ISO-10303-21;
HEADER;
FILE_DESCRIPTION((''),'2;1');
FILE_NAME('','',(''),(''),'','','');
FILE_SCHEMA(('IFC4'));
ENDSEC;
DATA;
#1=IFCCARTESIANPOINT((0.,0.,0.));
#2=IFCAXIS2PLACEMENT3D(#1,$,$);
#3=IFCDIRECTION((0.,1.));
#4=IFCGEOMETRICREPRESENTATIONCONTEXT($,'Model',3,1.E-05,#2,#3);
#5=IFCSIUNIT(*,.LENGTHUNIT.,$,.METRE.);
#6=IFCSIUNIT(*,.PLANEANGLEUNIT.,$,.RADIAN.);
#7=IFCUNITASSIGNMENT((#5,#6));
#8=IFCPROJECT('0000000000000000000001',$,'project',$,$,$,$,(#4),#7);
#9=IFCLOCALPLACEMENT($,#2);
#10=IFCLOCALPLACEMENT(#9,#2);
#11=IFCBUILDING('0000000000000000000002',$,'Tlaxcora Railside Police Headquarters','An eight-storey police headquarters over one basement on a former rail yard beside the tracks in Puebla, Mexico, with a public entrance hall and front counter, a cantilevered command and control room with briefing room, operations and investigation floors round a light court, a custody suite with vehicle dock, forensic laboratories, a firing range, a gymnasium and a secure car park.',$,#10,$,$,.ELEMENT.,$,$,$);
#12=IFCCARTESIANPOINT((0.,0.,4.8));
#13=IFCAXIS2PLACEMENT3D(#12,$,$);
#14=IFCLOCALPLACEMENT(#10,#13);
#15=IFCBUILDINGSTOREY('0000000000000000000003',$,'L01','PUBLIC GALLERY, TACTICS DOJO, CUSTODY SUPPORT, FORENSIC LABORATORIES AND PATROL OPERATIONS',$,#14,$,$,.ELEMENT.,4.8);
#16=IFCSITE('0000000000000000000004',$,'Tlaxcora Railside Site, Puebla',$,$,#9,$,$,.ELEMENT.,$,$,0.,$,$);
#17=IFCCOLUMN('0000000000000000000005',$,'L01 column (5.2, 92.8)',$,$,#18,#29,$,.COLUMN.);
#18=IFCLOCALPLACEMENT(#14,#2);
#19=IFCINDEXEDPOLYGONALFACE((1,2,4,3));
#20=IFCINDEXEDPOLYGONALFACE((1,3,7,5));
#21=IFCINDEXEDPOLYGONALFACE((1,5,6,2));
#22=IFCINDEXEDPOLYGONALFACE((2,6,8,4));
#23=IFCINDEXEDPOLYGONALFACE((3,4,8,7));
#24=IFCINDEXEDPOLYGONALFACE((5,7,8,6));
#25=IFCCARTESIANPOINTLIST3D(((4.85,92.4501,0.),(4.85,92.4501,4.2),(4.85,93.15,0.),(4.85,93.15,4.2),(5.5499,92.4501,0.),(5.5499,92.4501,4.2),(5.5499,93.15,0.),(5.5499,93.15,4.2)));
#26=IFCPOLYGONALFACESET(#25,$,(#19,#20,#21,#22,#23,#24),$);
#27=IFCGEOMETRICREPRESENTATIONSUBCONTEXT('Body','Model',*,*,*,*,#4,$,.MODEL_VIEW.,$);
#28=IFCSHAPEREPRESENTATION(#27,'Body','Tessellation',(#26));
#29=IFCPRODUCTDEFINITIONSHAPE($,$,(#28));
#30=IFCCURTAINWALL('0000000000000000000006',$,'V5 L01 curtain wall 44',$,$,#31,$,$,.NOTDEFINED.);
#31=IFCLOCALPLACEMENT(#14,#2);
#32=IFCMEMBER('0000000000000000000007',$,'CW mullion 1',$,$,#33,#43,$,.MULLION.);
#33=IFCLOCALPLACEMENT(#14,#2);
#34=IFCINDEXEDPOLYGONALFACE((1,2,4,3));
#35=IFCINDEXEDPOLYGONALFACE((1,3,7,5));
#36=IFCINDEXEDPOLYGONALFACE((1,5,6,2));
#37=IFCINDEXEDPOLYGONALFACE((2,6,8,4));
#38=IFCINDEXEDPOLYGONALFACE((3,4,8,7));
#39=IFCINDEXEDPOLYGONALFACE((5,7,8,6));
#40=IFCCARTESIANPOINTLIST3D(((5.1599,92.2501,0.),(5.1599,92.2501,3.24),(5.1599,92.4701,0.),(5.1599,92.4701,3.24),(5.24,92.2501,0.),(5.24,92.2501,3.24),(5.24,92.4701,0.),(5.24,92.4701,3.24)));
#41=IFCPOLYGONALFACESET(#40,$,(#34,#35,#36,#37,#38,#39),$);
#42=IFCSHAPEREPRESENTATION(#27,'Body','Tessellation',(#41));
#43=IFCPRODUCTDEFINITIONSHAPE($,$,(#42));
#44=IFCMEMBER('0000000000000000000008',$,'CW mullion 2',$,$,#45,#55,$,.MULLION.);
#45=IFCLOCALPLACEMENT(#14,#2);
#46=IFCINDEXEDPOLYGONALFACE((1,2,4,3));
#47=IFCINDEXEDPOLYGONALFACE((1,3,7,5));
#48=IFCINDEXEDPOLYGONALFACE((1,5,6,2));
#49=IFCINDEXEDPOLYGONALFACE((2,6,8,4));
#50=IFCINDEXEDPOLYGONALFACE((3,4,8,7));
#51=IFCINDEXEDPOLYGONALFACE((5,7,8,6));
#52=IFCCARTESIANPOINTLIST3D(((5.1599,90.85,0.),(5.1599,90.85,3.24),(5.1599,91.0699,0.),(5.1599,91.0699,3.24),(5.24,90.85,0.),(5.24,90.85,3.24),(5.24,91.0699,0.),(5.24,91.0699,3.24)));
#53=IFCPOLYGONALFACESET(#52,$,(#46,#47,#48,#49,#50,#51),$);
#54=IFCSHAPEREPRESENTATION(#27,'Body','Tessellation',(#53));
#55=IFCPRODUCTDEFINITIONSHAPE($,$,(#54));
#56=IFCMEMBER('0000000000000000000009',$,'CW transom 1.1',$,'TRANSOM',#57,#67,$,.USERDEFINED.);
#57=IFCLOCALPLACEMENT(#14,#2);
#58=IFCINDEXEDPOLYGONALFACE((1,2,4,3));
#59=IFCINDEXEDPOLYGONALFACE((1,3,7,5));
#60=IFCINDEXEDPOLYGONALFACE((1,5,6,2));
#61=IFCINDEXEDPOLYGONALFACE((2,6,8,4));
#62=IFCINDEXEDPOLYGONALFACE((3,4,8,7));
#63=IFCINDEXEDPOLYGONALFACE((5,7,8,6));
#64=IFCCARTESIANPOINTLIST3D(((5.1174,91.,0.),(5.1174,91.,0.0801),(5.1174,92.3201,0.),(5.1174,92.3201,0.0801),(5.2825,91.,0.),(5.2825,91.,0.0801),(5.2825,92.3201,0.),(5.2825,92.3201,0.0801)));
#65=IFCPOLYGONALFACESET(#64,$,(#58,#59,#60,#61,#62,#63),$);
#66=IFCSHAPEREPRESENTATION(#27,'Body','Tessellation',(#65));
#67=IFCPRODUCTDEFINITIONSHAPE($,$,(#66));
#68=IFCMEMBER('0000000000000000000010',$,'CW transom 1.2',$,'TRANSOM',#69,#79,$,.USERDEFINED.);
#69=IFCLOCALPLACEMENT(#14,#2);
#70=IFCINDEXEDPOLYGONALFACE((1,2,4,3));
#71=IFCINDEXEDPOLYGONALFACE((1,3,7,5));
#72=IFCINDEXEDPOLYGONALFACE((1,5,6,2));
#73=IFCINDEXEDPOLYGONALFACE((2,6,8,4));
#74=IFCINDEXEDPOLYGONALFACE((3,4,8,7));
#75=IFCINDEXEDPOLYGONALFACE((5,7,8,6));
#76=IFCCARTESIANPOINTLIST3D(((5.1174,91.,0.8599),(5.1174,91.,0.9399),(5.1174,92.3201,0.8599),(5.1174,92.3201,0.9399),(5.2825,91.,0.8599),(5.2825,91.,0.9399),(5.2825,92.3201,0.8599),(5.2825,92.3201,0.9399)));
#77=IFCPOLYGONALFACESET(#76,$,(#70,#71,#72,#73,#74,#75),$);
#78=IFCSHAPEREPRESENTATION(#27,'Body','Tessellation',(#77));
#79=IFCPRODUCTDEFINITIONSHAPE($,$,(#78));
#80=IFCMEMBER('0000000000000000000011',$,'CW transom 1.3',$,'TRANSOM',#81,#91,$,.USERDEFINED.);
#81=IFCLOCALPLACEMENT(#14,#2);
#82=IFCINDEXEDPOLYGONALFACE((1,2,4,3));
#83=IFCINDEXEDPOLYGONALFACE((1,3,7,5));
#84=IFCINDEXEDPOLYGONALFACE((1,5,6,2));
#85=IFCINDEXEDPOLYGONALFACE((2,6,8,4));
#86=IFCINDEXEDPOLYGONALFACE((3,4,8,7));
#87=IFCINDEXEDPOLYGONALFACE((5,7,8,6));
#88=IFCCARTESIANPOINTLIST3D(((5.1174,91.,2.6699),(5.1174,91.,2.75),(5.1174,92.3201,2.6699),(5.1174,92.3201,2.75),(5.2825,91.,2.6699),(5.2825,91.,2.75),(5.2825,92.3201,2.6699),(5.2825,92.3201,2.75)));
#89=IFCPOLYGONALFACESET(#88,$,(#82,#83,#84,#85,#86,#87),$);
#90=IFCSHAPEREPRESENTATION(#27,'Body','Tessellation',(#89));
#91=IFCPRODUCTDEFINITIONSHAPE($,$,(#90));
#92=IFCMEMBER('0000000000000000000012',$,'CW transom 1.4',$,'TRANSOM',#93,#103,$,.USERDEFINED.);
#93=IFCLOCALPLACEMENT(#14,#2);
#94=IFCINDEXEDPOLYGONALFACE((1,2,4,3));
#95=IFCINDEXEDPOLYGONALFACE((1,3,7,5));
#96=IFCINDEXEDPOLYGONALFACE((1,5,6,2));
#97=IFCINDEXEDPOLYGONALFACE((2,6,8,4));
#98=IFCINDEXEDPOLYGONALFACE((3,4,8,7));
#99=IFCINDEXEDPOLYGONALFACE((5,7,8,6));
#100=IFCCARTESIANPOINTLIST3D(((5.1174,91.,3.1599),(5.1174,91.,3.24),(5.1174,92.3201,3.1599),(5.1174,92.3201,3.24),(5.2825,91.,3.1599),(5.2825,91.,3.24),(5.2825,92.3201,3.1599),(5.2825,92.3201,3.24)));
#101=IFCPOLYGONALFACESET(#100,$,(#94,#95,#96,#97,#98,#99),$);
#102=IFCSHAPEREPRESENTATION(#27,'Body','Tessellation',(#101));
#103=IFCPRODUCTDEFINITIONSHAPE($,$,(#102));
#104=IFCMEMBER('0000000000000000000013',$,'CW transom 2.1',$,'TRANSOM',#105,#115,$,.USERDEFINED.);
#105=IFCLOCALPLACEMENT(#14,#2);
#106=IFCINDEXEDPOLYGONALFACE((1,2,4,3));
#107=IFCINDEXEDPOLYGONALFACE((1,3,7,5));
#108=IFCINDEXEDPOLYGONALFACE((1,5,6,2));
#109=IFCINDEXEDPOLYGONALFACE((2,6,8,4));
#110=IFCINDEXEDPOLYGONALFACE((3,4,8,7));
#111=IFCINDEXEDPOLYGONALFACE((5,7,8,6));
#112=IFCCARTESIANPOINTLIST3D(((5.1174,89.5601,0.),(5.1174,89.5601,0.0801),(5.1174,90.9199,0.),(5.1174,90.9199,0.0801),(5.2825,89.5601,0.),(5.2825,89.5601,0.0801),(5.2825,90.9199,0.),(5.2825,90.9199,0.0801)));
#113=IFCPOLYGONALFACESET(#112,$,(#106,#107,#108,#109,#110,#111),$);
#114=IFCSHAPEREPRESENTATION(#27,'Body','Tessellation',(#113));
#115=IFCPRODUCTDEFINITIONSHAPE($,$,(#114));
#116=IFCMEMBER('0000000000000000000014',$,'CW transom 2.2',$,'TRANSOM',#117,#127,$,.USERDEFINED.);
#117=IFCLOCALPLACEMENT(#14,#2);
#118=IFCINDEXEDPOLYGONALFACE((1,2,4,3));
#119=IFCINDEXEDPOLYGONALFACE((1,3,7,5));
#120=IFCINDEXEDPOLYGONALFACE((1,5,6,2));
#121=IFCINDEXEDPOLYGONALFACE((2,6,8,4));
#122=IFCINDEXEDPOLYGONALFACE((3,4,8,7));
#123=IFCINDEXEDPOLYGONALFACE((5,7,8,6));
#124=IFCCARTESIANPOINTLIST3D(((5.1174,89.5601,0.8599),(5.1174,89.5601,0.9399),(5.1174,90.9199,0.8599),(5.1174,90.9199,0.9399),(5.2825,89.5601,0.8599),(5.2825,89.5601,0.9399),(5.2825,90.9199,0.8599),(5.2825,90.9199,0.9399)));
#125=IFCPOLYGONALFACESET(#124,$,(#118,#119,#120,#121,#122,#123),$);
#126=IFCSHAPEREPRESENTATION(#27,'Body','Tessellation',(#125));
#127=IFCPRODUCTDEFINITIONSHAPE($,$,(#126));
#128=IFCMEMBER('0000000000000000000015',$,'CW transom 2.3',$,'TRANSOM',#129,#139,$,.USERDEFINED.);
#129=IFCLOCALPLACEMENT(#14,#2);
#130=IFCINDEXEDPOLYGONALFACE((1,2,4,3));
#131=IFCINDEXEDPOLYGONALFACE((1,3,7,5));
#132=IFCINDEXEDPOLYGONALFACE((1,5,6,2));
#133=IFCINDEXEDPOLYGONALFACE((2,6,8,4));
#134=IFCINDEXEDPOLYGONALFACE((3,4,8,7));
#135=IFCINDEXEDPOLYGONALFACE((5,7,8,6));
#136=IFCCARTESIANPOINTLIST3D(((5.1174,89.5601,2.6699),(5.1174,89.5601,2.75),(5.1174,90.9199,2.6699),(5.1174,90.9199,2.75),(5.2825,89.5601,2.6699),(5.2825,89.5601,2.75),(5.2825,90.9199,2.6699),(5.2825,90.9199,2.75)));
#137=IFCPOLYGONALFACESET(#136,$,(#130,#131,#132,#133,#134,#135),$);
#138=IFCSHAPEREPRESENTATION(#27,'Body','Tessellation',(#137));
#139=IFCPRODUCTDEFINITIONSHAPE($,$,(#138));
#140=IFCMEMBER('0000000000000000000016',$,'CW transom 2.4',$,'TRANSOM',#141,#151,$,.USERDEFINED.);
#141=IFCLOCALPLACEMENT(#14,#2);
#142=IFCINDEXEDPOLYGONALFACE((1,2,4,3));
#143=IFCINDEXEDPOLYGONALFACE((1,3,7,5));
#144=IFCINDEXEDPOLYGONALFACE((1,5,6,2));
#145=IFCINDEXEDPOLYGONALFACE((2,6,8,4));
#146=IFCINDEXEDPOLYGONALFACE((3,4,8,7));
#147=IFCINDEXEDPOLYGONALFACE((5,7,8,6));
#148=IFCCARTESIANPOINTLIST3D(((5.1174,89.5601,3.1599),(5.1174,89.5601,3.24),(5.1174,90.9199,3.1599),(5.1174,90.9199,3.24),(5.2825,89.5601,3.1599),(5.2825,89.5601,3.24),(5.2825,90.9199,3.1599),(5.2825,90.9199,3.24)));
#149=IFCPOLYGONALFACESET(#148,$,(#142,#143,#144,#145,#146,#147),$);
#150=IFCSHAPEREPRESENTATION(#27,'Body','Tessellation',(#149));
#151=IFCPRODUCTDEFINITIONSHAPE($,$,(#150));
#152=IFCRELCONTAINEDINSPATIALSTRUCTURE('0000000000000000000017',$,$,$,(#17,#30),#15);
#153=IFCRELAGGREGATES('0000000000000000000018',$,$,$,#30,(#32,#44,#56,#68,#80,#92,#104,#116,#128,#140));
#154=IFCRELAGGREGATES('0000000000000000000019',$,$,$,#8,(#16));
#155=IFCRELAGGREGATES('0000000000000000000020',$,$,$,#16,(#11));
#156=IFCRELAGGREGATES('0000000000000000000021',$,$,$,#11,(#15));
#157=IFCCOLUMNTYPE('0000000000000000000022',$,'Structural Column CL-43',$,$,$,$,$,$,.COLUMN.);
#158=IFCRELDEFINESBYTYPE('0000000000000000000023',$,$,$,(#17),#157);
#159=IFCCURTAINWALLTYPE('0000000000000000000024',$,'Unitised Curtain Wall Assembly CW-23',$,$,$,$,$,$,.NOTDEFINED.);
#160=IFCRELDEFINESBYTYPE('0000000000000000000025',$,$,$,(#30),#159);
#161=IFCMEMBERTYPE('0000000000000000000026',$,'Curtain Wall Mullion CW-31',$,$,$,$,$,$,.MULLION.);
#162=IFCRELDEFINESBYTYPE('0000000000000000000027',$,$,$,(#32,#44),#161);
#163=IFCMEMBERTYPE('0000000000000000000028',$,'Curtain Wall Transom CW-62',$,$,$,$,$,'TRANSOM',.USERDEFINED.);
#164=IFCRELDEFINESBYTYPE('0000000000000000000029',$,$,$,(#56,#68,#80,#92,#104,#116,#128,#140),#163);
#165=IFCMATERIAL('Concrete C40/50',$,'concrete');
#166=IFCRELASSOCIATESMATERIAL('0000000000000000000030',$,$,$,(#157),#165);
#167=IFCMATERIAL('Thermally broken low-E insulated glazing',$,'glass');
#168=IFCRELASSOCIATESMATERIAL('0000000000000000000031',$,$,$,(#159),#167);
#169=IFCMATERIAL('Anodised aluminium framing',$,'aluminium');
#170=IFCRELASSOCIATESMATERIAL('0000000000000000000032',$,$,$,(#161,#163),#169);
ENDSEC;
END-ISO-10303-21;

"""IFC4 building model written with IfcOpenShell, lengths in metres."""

from ifc_helpers import new_model, si_unit, direction, frame, origin, origin_2d, place, context, subcontext, project, spatial, rectangle, extrude, material, material_profile, profile_set, type_object, element, aggregate, save


model = new_model("IFC4")

# Units and contexts
model_context = context("Model", 3, precision=1e-05, world=origin(), true_north=direction((0.0, 1.0)))
body_context = subcontext(model_context, "Body", "Model", "MODEL_VIEW")
ifc_project = project(units=[si_unit("LENGTHUNIT", "METRE"), si_unit("PLANEANGLEUNIT", "RADIAN")], contexts=[model_context])

# Site, building, storey
site_placement = place(None, origin())
site = spatial("IfcSite", under=ifc_project, at=site_placement, Name="Tlaxcora Railside Site, Puebla", CompositionType="ELEMENT", RefElevation=0.0)
building_placement = place(site_placement, origin())
building = spatial("IfcBuilding", under=site, at=building_placement, Name="Tlaxcora Railside Police Headquarters", Description="An eight-storey police headquarters over one basement on a former rail yard beside the tracks in Puebla, Mexico, with a public entrance hall and front counter, a cantilevered command and control room with briefing room, operations and investigation floors round a light court, a custody suite with vehicle dock, forensic laboratories, a firing range, a gymnasium and a secure car park.", CompositionType="ELEMENT")
storey_placement = place(building_placement, frame((0.0, 0.0, 4.8)))
storey = spatial("IfcBuildingStorey", under=building, at=storey_placement, Name="L01", Description="PUBLIC GALLERY, TACTICS DOJO, CUSTODY SUPPORT, FORENSIC LABORATORIES AND PATROL OPERATIONS", CompositionType="ELEMENT", Elevation=4.8)

# Column
ifc_material_1 = material(Name="Concrete C40/50", Category="concrete")
ifc_material_profile_1 = material_profile(ifc_material_1, rectangle(XDim=0.7, YDim=0.7, at=origin_2d()), Name="RC700X700")
ifc_profile_set_1 = profile_set([ifc_material_profile_1], Name="Concrete C40/50")
column_type = type_object("IfcColumnType", Name="Structural Column CL-43", PredefinedType="COLUMN", material=ifc_profile_set_1)
column_placement = place(storey_placement, frame((5.2, 92.8, 0.0), z_axis=(0.0, 0.0, 1.0), x_axis=(1.0, 0.0, 0.0)))
element("IfcColumn", 1, at=column_placement, inside=storey, type_object=column_type, Name="L01 column (5.2, 92.8)", PredefinedType="COLUMN", context=body_context, shape_type="SweptSolid", body=[
    extrude(rectangle(XDim=0.7, YDim=0.7, at=origin_2d()), origin(), (0.0, 0.0, 1.0), 4.2),
])

# Curtain wall, members
ifc_material_2 = material(Name="Thermally broken low-E insulated glazing", Category="glass")
curtain_wall_type = type_object("IfcCurtainWallType", Name="Unitised Curtain Wall Assembly CW-23", PredefinedType="NOTDEFINED", material=ifc_material_2)
curtain_wall_placement = place(storey_placement, origin())
curtain_wall = element("IfcCurtainWall", 2, at=curtain_wall_placement, inside=storey, type_object=curtain_wall_type, Name="V5 L01 curtain wall 44", PredefinedType="NOTDEFINED")
ifc_material_3 = material(Name="Anodised aluminium framing", Category="aluminium")
ifc_material_profile_2 = material_profile(ifc_material_3, rectangle(XDim=0.0801, YDim=0.22, at=origin_2d()), Name="AL80X220")
ifc_profile_set_2 = profile_set([ifc_material_profile_2], Name="Anodised aluminium framing")
member_type_1 = type_object("IfcMemberType", Name="Curtain Wall Mullion CW-31", PredefinedType="MULLION", material=ifc_profile_set_2)
member_1_placement = place(storey_placement, frame((5.2, 92.3601, 0.0), z_axis=(0.0, 0.0, 1.0), x_axis=(1.0, 0.0, 0.0)))
member_1 = element("IfcMember", 3, at=member_1_placement, type_object=member_type_1, Name="CW mullion 1", PredefinedType="MULLION", context=body_context, shape_type="SweptSolid", body=[
    extrude(rectangle(XDim=0.0801, YDim=0.22, at=origin_2d()), origin(), (0.0, 0.0, 1.0), 3.24),
])
member_2_placement = place(storey_placement, frame((5.2, 90.96, 0.0), z_axis=(0.0, 0.0, 1.0), x_axis=(1.0, 0.0, 0.0)))
member_2 = element("IfcMember", 4, at=member_2_placement, type_object=member_type_1, Name="CW mullion 2", PredefinedType="MULLION", context=body_context, shape_type="SweptSolid", body=[
    extrude(rectangle(XDim=0.0801, YDim=0.22, at=origin_2d()), origin(), (0.0, 0.0, 1.0), 3.24),
])
ifc_material_profile_3 = material_profile(ifc_material_3, rectangle(XDim=0.165, YDim=0.0801, at=origin_2d()), Name="AL80X165")
ifc_profile_set_3 = profile_set([ifc_material_profile_3], Name="Anodised aluminium framing")
member_type_2 = type_object("IfcMemberType", Name="Curtain Wall Transom CW-62", ElementType="TRANSOM", PredefinedType="USERDEFINED", material=ifc_profile_set_3)
member_3_placement = place(storey_placement, frame((5.2, 92.3201, 0.04), z_axis=(0.0, -1.0, 0.0), x_axis=(1.0, 0.0, 0.0)))
member_3 = element("IfcMember", 5, at=member_3_placement, type_object=member_type_2, Name="CW transom 1.1", ObjectType="TRANSOM", PredefinedType="USERDEFINED", context=body_context, shape_type="SweptSolid", body=[
    extrude(rectangle(XDim=0.165, YDim=0.0801, at=origin_2d()), origin(), (0.0, 0.0, 1.0), 1.3201),
])
member_4_placement = place(storey_placement, frame((5.2, 92.3201, 0.8999), z_axis=(0.0, -1.0, 0.0), x_axis=(1.0, 0.0, 0.0)))
member_4 = element("IfcMember", 6, at=member_4_placement, type_object=member_type_2, Name="CW transom 1.2", ObjectType="TRANSOM", PredefinedType="USERDEFINED", context=body_context, shape_type="SweptSolid", body=[
    extrude(rectangle(XDim=0.165, YDim=0.0801, at=origin_2d()), origin(), (0.0, 0.0, 1.0), 1.3201),
])
member_5_placement = place(storey_placement, frame((5.2, 92.3201, 2.71), z_axis=(0.0, -1.0, 0.0), x_axis=(1.0, 0.0, 0.0)))
member_5 = element("IfcMember", 7, at=member_5_placement, type_object=member_type_2, Name="CW transom 1.3", ObjectType="TRANSOM", PredefinedType="USERDEFINED", context=body_context, shape_type="SweptSolid", body=[
    extrude(rectangle(XDim=0.165, YDim=0.0801, at=origin_2d()), origin(), (0.0, 0.0, 1.0), 1.3201),
])
member_6_placement = place(storey_placement, frame((5.2, 92.3201, 3.2), z_axis=(0.0, -1.0, 0.0), x_axis=(1.0, 0.0, 0.0)))
member_6 = element("IfcMember", 8, at=member_6_placement, type_object=member_type_2, Name="CW transom 1.4", ObjectType="TRANSOM", PredefinedType="USERDEFINED", context=body_context, shape_type="SweptSolid", body=[
    extrude(rectangle(XDim=0.165, YDim=0.0801, at=origin_2d()), origin(), (0.0, 0.0, 1.0), 1.3201),
])
member_7_placement = place(storey_placement, frame((5.2, 90.9199, 0.04), z_axis=(0.0, -1.0, 0.0), x_axis=(1.0, 0.0, 0.0)))
member_7 = element("IfcMember", 9, at=member_7_placement, type_object=member_type_2, Name="CW transom 2.1", ObjectType="TRANSOM", PredefinedType="USERDEFINED", context=body_context, shape_type="SweptSolid", body=[
    extrude(rectangle(XDim=0.165, YDim=0.0801, at=origin_2d()), origin(), (0.0, 0.0, 1.0), 1.3599),
])
member_8_placement = place(storey_placement, frame((5.2, 90.9199, 0.8999), z_axis=(0.0, -1.0, 0.0), x_axis=(1.0, 0.0, 0.0)))
member_8 = element("IfcMember", 10, at=member_8_placement, type_object=member_type_2, Name="CW transom 2.2", ObjectType="TRANSOM", PredefinedType="USERDEFINED", context=body_context, shape_type="SweptSolid", body=[
    extrude(rectangle(XDim=0.165, YDim=0.0801, at=origin_2d()), origin(), (0.0, 0.0, 1.0), 1.3599),
])
member_9_placement = place(storey_placement, frame((5.2, 90.9199, 2.71), z_axis=(0.0, -1.0, 0.0), x_axis=(1.0, 0.0, 0.0)))
member_9 = element("IfcMember", 11, at=member_9_placement, type_object=member_type_2, Name="CW transom 2.3", ObjectType="TRANSOM", PredefinedType="USERDEFINED", context=body_context, shape_type="SweptSolid", body=[
    extrude(rectangle(XDim=0.165, YDim=0.0801, at=origin_2d()), origin(), (0.0, 0.0, 1.0), 1.3599),
])
member_10_placement = place(storey_placement, frame((5.2, 90.9199, 3.2), z_axis=(0.0, -1.0, 0.0), x_axis=(1.0, 0.0, 0.0)))
member_10 = element("IfcMember", 12, at=member_10_placement, type_object=member_type_2, Name="CW transom 2.4", ObjectType="TRANSOM", PredefinedType="USERDEFINED", context=body_context, shape_type="SweptSolid", body=[
    extrude(rectangle(XDim=0.165, YDim=0.0801, at=origin_2d()), origin(), (0.0, 0.0, 1.0), 1.3599),
])

aggregate(curtain_wall, [member_1, member_2, member_3, member_4, member_5, member_6, member_7, member_8, member_9, member_10])

save(model, "model.ifc")
